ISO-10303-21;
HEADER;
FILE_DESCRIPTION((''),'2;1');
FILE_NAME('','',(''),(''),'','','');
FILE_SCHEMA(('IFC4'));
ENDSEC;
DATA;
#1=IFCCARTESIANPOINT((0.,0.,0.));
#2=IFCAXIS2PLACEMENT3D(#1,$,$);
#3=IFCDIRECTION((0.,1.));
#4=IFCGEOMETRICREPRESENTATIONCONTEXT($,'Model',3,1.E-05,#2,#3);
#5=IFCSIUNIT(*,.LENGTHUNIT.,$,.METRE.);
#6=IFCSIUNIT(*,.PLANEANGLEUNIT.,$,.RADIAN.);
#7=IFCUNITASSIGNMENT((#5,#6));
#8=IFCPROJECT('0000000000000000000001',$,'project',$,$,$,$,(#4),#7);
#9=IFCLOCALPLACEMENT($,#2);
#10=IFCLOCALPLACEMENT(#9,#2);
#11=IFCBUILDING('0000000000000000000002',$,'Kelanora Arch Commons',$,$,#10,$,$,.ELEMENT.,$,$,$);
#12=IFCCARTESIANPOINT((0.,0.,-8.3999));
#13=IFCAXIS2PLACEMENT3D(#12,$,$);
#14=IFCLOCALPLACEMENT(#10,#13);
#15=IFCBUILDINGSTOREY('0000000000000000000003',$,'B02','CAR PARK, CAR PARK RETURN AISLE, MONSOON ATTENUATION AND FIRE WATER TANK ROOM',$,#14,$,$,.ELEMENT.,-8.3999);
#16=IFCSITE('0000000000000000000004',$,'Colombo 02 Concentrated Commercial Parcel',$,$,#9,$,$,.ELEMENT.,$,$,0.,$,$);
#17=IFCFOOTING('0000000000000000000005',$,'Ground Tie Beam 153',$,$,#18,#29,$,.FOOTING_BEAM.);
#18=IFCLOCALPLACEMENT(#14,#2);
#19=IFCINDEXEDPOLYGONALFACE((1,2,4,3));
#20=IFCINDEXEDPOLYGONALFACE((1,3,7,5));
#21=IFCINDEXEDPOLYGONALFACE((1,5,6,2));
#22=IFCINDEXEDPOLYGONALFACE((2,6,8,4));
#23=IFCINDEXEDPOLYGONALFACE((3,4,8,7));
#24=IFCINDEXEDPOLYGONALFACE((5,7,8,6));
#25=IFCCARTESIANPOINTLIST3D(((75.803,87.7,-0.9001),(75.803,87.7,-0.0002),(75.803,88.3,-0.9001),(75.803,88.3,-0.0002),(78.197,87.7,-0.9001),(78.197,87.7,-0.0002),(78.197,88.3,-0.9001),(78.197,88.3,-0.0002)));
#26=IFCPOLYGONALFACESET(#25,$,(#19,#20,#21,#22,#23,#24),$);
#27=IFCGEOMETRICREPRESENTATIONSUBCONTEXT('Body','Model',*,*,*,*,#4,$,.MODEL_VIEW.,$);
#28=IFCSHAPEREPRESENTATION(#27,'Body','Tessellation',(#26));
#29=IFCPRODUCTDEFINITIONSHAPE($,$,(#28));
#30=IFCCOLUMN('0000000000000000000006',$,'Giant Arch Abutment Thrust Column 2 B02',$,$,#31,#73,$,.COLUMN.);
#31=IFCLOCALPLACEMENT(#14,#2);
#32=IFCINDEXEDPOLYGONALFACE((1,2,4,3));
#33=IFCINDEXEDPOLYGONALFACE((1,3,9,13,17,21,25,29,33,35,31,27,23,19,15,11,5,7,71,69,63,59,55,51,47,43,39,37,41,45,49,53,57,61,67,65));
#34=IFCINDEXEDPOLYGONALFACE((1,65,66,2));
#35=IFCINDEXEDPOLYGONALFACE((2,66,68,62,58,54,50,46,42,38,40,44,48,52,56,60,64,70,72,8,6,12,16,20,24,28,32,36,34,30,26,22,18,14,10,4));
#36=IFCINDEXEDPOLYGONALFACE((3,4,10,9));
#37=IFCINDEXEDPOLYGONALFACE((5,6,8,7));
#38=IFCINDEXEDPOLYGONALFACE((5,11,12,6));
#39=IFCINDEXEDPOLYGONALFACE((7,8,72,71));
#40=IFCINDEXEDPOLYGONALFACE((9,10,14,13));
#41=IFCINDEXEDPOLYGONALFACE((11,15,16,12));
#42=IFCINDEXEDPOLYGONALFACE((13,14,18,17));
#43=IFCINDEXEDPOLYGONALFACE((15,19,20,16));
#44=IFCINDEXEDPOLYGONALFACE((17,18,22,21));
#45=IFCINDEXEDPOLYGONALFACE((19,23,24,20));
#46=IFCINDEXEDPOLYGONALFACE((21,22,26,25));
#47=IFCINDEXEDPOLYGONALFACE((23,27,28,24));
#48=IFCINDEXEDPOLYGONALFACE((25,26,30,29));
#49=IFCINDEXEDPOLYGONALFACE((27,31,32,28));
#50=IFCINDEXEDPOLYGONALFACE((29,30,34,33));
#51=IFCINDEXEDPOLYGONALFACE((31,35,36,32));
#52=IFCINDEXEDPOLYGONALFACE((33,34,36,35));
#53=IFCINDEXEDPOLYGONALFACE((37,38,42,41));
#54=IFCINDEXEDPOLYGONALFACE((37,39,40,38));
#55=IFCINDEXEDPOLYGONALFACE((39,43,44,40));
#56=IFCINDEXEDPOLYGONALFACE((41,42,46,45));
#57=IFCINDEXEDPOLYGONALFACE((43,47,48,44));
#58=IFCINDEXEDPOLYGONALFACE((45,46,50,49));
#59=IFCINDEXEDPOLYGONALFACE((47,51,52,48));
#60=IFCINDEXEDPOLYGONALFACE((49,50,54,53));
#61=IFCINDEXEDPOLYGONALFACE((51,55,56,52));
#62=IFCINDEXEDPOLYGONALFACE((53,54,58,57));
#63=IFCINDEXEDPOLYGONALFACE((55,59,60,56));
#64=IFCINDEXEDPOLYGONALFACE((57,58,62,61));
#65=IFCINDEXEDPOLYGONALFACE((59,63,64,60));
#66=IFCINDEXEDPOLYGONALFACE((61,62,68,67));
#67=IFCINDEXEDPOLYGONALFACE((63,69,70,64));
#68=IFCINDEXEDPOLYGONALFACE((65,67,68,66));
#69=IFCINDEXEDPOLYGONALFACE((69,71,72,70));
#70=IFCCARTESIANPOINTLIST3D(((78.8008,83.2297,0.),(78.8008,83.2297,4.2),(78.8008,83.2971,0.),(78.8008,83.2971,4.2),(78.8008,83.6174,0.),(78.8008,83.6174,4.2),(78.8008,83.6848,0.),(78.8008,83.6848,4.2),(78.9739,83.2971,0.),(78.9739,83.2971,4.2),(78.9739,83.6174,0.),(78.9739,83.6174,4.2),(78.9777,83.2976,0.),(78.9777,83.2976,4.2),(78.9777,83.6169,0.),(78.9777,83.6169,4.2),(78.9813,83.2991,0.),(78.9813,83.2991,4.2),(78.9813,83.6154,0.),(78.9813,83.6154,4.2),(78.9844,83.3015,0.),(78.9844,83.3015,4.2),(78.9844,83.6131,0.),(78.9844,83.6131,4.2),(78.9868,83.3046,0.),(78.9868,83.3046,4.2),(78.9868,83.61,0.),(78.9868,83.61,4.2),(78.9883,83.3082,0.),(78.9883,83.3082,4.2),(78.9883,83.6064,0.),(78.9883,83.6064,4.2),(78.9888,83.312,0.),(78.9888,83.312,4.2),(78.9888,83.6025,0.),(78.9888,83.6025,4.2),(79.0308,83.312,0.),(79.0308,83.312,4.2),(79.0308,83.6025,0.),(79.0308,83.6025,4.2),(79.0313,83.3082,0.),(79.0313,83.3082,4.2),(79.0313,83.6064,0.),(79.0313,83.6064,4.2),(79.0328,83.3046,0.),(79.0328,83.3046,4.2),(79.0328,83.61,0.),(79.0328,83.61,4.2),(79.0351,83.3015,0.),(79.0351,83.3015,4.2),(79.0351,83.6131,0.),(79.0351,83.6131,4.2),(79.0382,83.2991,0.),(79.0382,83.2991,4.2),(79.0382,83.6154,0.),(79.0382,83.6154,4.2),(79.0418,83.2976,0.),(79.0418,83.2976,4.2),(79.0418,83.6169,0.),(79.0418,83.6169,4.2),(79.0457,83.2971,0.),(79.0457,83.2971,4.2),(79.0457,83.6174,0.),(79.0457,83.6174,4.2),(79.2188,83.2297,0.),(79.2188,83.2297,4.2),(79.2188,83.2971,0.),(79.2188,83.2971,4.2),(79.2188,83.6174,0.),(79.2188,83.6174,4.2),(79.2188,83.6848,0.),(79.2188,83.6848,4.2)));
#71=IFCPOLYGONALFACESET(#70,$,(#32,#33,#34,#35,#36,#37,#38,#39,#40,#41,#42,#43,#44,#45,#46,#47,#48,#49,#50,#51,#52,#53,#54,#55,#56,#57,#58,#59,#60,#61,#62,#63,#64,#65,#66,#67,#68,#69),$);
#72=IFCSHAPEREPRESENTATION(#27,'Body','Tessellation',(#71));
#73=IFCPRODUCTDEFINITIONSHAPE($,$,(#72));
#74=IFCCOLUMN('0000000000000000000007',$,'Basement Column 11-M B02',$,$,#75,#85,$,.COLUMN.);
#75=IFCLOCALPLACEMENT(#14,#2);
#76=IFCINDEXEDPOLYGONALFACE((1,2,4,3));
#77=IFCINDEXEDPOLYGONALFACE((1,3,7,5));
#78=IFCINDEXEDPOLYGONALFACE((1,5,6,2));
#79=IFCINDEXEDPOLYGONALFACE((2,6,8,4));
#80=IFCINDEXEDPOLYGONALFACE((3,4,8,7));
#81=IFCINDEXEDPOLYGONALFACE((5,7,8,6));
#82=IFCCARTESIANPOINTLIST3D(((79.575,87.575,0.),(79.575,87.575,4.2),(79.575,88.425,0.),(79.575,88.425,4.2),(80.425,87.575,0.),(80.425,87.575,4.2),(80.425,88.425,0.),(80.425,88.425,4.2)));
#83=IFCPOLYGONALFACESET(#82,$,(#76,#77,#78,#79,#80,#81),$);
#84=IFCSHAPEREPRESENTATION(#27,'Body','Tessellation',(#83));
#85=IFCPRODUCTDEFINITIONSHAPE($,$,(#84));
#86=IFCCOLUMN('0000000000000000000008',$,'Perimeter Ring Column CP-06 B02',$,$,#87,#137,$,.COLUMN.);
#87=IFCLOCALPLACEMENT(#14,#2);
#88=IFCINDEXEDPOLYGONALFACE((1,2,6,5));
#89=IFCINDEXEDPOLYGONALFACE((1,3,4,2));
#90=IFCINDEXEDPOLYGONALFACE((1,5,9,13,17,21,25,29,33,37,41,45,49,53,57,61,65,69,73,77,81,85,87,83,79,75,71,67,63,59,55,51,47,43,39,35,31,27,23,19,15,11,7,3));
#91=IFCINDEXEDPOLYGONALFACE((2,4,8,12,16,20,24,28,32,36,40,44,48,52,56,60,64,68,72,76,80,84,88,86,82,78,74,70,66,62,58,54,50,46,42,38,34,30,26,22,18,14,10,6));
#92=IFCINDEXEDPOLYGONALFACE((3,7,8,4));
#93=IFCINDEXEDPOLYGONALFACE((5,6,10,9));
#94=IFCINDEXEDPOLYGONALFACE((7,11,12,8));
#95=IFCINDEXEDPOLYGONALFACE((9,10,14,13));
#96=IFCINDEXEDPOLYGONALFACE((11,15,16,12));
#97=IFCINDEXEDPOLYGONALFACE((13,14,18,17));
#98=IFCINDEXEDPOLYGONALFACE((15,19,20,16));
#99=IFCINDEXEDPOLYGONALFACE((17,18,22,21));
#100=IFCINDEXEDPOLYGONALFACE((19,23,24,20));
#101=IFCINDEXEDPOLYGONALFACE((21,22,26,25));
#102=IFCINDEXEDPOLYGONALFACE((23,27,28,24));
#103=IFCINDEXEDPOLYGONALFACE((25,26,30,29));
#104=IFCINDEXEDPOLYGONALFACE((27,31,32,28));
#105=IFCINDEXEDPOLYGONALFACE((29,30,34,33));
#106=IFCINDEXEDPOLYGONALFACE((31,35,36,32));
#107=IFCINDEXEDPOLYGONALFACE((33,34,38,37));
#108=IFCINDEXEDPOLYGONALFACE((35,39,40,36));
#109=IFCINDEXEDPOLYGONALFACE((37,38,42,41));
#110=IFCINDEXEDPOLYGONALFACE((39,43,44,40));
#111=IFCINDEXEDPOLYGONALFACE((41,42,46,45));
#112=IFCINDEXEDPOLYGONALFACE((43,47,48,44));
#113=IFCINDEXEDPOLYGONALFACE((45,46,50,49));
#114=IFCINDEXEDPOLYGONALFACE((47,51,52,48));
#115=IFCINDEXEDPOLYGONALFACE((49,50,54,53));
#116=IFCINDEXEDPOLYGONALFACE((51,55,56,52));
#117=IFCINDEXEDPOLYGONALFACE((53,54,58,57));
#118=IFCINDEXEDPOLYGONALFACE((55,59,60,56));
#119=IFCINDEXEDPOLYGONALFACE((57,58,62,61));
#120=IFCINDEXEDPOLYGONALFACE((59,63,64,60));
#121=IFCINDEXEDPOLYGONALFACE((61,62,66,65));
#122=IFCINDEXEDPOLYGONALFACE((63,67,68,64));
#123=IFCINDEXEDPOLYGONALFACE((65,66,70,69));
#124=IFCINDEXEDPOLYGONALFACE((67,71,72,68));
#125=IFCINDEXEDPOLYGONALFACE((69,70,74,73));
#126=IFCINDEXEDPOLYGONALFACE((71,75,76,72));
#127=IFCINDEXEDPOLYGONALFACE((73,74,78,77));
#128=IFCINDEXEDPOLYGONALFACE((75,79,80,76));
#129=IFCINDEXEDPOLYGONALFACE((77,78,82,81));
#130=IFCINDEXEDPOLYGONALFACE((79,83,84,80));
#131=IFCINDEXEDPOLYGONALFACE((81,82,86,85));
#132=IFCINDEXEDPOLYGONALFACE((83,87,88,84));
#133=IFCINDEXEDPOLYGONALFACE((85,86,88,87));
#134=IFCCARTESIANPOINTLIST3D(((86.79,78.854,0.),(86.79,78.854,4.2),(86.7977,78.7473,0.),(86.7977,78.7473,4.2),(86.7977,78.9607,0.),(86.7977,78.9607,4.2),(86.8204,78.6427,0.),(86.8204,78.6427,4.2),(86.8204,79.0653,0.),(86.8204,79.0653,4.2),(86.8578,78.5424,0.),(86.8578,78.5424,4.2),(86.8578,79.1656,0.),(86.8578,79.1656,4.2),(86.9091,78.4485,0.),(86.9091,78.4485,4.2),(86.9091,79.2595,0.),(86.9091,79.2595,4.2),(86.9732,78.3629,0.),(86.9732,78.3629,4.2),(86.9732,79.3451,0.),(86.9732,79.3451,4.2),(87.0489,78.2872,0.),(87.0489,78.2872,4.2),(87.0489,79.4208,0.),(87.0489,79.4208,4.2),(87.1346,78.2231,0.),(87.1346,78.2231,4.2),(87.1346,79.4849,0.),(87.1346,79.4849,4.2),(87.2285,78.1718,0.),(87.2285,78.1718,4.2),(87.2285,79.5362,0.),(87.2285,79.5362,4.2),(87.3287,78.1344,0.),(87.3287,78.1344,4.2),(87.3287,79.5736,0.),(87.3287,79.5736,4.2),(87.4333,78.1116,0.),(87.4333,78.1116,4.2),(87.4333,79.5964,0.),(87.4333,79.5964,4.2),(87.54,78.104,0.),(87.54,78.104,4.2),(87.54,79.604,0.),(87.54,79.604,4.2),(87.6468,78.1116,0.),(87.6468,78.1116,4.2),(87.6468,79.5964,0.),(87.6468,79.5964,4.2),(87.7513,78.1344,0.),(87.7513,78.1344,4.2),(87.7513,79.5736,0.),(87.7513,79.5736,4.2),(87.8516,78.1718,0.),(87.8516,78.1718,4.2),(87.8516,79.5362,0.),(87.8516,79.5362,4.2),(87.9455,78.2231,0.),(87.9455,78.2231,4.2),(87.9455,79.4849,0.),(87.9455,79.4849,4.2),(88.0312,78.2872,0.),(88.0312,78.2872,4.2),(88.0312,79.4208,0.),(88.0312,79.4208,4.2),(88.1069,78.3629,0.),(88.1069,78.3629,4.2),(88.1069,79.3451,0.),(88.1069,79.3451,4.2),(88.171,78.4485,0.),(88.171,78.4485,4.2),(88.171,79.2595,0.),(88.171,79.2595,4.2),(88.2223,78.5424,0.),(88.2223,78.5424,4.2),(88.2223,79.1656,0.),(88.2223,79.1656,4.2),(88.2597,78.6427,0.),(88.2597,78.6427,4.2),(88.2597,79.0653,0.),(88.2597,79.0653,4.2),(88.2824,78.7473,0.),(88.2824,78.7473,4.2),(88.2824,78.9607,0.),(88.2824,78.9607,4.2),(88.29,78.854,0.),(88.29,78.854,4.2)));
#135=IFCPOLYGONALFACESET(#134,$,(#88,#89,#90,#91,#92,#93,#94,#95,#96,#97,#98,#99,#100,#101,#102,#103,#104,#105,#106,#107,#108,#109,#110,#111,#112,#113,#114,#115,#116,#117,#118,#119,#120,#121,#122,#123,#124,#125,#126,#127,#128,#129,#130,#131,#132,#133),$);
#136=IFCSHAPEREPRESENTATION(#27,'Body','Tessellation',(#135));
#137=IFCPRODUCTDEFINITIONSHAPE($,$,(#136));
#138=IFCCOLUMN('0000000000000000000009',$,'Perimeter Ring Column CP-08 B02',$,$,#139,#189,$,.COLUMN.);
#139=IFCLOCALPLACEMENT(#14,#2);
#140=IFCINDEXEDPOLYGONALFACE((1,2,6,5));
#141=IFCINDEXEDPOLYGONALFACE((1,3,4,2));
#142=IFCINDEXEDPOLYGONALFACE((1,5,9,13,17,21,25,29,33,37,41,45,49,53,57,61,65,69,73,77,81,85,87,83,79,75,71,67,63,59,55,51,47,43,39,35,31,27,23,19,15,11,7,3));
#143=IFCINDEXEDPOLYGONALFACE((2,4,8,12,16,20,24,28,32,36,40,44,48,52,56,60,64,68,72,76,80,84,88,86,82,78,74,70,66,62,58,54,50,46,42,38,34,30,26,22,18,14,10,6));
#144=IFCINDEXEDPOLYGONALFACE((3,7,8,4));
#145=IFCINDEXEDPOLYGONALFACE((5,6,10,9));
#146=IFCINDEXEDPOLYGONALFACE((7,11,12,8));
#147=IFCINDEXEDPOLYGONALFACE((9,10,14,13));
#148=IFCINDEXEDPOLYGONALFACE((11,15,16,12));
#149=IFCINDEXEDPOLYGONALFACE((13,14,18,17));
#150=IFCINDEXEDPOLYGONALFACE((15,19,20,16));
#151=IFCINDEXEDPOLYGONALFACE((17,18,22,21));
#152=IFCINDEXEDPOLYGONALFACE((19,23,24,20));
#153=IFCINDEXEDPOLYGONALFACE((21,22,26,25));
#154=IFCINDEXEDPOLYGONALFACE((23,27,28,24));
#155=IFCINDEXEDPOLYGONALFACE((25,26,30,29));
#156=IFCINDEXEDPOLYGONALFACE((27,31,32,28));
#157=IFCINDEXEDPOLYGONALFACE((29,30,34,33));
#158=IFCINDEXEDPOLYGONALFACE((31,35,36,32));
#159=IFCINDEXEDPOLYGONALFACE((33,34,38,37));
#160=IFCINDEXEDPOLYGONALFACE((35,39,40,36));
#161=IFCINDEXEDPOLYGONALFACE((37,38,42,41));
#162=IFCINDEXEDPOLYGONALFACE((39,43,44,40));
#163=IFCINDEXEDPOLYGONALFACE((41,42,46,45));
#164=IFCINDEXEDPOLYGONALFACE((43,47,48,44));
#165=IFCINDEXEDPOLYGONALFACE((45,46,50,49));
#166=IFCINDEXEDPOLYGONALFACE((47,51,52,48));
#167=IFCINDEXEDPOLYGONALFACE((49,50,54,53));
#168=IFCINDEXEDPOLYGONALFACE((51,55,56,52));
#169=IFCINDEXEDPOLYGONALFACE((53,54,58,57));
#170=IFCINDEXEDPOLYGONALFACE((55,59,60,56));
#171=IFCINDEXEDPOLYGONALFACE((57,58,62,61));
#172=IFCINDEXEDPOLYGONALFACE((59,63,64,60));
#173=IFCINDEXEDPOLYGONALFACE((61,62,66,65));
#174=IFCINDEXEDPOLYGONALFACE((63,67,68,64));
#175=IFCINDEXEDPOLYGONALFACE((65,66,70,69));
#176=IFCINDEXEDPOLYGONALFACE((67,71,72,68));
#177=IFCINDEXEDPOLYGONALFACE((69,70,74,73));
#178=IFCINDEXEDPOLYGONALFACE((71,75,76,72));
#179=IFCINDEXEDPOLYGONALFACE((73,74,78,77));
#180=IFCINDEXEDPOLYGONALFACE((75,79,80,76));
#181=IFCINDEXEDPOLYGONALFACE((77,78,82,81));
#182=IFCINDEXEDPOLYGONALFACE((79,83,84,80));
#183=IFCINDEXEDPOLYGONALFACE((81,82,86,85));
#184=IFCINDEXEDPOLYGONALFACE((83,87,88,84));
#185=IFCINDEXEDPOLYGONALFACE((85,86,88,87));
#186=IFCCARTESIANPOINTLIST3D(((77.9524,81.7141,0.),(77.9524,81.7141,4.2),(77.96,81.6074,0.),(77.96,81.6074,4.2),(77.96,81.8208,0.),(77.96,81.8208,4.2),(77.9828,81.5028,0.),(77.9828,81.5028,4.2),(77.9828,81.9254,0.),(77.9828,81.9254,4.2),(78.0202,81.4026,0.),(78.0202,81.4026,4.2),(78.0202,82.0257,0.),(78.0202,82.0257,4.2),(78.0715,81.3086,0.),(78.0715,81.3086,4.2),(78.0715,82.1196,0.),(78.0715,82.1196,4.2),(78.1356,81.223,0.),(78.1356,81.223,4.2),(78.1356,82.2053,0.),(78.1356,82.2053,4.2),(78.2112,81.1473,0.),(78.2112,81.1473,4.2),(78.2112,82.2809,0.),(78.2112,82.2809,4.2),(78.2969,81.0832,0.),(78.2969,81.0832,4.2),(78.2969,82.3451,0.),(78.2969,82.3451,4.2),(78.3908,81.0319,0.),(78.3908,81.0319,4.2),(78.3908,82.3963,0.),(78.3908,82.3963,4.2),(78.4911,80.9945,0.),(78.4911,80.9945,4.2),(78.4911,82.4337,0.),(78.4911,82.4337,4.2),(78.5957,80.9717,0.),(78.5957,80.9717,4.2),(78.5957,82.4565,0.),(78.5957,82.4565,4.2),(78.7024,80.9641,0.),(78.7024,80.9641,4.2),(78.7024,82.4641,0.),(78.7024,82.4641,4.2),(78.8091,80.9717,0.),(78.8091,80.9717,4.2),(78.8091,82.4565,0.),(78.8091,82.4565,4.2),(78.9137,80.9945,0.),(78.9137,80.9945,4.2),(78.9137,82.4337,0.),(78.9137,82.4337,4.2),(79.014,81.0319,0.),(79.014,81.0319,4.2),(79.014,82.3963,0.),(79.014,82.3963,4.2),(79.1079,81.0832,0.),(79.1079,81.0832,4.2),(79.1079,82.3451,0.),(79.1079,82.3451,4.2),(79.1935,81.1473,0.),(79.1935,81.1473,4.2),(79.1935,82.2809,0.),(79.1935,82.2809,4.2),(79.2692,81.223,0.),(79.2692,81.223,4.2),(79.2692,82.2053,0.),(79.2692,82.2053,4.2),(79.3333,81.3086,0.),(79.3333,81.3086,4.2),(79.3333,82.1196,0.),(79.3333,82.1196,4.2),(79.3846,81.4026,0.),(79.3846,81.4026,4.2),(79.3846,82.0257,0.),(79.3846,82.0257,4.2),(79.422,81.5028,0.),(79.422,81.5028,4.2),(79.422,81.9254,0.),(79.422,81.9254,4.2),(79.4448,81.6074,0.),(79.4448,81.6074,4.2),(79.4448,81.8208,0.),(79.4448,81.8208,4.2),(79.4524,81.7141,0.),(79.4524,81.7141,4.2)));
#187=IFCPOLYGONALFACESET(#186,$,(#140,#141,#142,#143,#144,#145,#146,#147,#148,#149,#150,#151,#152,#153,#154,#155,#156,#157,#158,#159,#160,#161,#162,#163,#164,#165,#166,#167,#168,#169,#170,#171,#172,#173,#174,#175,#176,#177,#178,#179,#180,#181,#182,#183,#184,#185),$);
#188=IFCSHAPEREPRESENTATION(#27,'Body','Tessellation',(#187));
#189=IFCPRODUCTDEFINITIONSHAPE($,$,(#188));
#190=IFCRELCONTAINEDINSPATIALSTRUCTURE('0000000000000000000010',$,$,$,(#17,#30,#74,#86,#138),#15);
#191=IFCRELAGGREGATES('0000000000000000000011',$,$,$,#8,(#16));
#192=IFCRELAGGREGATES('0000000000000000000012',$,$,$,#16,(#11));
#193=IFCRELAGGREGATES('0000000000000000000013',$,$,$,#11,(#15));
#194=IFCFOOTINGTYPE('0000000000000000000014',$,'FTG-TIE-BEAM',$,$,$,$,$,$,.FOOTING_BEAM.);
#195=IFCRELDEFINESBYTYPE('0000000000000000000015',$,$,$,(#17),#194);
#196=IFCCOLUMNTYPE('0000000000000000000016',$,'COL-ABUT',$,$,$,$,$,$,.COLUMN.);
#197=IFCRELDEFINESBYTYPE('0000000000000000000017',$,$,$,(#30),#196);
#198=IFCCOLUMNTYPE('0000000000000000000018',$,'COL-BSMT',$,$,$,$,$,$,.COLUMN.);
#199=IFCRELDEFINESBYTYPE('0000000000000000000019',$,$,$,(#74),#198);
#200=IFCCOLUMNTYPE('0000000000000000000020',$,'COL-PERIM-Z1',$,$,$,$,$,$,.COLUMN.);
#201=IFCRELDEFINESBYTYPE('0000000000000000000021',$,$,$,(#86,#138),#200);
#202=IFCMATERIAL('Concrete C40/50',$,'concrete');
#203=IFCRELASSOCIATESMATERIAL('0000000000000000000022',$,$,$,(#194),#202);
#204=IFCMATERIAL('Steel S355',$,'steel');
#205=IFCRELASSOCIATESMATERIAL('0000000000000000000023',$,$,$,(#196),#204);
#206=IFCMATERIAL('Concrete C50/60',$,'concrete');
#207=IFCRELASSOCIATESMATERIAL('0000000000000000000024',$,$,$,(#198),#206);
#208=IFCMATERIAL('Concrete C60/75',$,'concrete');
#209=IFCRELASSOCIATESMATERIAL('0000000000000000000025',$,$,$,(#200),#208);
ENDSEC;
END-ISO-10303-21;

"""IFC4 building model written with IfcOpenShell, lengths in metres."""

from ifc_helpers import new_model, si_unit, direction, frame, origin, origin_2d, place, context, subcontext, project, spatial, rectangle, circle, i_section, extrude, source, transform, mapped, material, material_profile, profile_set, type_object, element, save


model = new_model("IFC4")

# Units and contexts
model_context = context("Model", 3, precision=1e-05, world=origin(), true_north=direction((0.0, 1.0)))
body_context = subcontext(model_context, "Body", "Model", "MODEL_VIEW")
ifc_project = project(units=[si_unit("LENGTHUNIT", "METRE"), si_unit("PLANEANGLEUNIT", "RADIAN")], contexts=[model_context])

# Site, building, storey
site_placement = place(None, origin())
site = spatial("IfcSite", under=ifc_project, at=site_placement, Name="Colombo 02 Concentrated Commercial Parcel", CompositionType="ELEMENT", RefElevation=0.0)
building_placement = place(site_placement, origin())
building = spatial("IfcBuilding", under=site, at=building_placement, Name="Kelanora Arch Commons", CompositionType="ELEMENT")
storey_placement = place(building_placement, frame((0.0, 0.0, -8.3999)))
storey = spatial("IfcBuildingStorey", under=building, at=storey_placement, Name="B02", Description="CAR PARK, CAR PARK RETURN AISLE, MONSOON ATTENUATION AND FIRE WATER TANK ROOM", CompositionType="ELEMENT", Elevation=-8.3999)

# Shared definitions
ifc_material_1 = material(Name="Concrete C40/50", Category="concrete")

# Footing
footing_type_1 = type_object("IfcFootingType", Name="FTG-TIE-BEAM", PredefinedType="FOOTING_BEAM", material=ifc_material_1)
shared_shape_1 = source(origin(), body_context, "Body", "SweptSolid", [
    extrude(rectangle(XDim=2.394, YDim=0.6001, at=origin_2d()), origin(), (0.0, 0.0, 1.0), 0.8999),
])
footing_1_placement = place(storey_placement, frame((77.0, 88.0, -0.9001), z_axis=(0.0, 0.0, 1.0), x_axis=(1.0, 0.0, 0.0)))
element("IfcFooting", 1, at=footing_1_placement, inside=storey, type_object=footing_type_1, Name="Ground Tie Beam 153", PredefinedType="FOOTING_BEAM", context=body_context, shape_type="MappedRepresentation", body=[
    mapped(shared_shape_1, transform((0.0, 0.0, 0.0), scale=1.0)),
])

# Columns
ifc_material_2 = material(Name="Steel S355", Category="steel")
ifc_material_profile_1 = material_profile(ifc_material_2, i_section(OverallWidth=0.418, OverallDepth=0.4551, WebThickness=0.042, FlangeThickness=0.0674, FilletRadius=0.0149, at=origin_2d()), Name="HD400x551")
ifc_profile_set_1 = profile_set([ifc_material_profile_1], Name="Steel S355")
column_type_1 = type_object("IfcColumnType", Name="COL-ABUT", PredefinedType="COLUMN", material=ifc_profile_set_1)
column_1_placement = place(storey_placement, frame((79.0098, 83.4573, 0.0), z_axis=(0.0, 0.0, 1.0), x_axis=(1.0, 0.0, 0.0)))
element("IfcColumn", 2, at=column_1_placement, inside=storey, type_object=column_type_1, Name="Giant Arch Abutment Thrust Column 2 B02", PredefinedType="COLUMN", context=body_context, shape_type="SweptSolid", body=[
    extrude(i_section(OverallWidth=0.418, OverallDepth=0.4551, WebThickness=0.042, FlangeThickness=0.0674, FilletRadius=0.0149, at=origin_2d()), origin(), (0.0, 0.0, 1.0), 4.2),
])
ifc_material_3 = material(Name="Concrete C50/60", Category="concrete")
ifc_material_profile_2 = material_profile(ifc_material_3, rectangle(XDim=0.8501, YDim=0.8501, at=origin_2d()), Name="RC850x850")
ifc_profile_set_2 = profile_set([ifc_material_profile_2], Name="Concrete C50/60")
column_type_2 = type_object("IfcColumnType", Name="COL-BSMT", PredefinedType="COLUMN", material=ifc_profile_set_2)
column_2_placement = place(storey_placement, frame((80.0, 88.0, 0.0), z_axis=(0.0, 0.0, 1.0), x_axis=(1.0, 0.0, 0.0)))
element("IfcColumn", 3, at=column_2_placement, inside=storey, type_object=column_type_2, Name="Basement Column 11-M B02", PredefinedType="COLUMN", context=body_context, shape_type="SweptSolid", body=[
    extrude(rectangle(XDim=0.8501, YDim=0.8501, at=origin_2d()), origin(), (0.0, 0.0, 1.0), 4.2),
])
ifc_material_4 = material(Name="Concrete C60/75", Category="concrete")
ifc_material_profile_3 = material_profile(ifc_material_4, circle(Radius=0.75, at=origin_2d()), Name="RCC1500")
ifc_profile_set_3 = profile_set([ifc_material_profile_3], Name="Concrete C60/75")
column_type_3 = type_object("IfcColumnType", Name="COL-PERIM-Z1", PredefinedType="COLUMN", material=ifc_profile_set_3)
for number, where, z_axis, x_axis, name in (
    (4, (87.54, 78.854, 0.0), (0.0, 0.0, 1.0), (1.0, 0.0, 0.0), "Perimeter Ring Column CP-06 B02"),
    (5, (78.7024, 81.7141, 0.0), (0.0, 0.0, 1.0), (1.0, 0.0, 0.0), "Perimeter Ring Column CP-08 B02"),
):
    element("IfcColumn", number, at=place(storey_placement, frame(where, z_axis=z_axis, x_axis=x_axis)), inside=storey, type_object=column_type_3, Name=name, PredefinedType="COLUMN", context=body_context, shape_type="SweptSolid", body=[
        extrude(circle(Radius=0.75, at=origin_2d()), origin(), (0.0, 0.0, 1.0), 4.2),
    ])

save(model, "model.ifc")
